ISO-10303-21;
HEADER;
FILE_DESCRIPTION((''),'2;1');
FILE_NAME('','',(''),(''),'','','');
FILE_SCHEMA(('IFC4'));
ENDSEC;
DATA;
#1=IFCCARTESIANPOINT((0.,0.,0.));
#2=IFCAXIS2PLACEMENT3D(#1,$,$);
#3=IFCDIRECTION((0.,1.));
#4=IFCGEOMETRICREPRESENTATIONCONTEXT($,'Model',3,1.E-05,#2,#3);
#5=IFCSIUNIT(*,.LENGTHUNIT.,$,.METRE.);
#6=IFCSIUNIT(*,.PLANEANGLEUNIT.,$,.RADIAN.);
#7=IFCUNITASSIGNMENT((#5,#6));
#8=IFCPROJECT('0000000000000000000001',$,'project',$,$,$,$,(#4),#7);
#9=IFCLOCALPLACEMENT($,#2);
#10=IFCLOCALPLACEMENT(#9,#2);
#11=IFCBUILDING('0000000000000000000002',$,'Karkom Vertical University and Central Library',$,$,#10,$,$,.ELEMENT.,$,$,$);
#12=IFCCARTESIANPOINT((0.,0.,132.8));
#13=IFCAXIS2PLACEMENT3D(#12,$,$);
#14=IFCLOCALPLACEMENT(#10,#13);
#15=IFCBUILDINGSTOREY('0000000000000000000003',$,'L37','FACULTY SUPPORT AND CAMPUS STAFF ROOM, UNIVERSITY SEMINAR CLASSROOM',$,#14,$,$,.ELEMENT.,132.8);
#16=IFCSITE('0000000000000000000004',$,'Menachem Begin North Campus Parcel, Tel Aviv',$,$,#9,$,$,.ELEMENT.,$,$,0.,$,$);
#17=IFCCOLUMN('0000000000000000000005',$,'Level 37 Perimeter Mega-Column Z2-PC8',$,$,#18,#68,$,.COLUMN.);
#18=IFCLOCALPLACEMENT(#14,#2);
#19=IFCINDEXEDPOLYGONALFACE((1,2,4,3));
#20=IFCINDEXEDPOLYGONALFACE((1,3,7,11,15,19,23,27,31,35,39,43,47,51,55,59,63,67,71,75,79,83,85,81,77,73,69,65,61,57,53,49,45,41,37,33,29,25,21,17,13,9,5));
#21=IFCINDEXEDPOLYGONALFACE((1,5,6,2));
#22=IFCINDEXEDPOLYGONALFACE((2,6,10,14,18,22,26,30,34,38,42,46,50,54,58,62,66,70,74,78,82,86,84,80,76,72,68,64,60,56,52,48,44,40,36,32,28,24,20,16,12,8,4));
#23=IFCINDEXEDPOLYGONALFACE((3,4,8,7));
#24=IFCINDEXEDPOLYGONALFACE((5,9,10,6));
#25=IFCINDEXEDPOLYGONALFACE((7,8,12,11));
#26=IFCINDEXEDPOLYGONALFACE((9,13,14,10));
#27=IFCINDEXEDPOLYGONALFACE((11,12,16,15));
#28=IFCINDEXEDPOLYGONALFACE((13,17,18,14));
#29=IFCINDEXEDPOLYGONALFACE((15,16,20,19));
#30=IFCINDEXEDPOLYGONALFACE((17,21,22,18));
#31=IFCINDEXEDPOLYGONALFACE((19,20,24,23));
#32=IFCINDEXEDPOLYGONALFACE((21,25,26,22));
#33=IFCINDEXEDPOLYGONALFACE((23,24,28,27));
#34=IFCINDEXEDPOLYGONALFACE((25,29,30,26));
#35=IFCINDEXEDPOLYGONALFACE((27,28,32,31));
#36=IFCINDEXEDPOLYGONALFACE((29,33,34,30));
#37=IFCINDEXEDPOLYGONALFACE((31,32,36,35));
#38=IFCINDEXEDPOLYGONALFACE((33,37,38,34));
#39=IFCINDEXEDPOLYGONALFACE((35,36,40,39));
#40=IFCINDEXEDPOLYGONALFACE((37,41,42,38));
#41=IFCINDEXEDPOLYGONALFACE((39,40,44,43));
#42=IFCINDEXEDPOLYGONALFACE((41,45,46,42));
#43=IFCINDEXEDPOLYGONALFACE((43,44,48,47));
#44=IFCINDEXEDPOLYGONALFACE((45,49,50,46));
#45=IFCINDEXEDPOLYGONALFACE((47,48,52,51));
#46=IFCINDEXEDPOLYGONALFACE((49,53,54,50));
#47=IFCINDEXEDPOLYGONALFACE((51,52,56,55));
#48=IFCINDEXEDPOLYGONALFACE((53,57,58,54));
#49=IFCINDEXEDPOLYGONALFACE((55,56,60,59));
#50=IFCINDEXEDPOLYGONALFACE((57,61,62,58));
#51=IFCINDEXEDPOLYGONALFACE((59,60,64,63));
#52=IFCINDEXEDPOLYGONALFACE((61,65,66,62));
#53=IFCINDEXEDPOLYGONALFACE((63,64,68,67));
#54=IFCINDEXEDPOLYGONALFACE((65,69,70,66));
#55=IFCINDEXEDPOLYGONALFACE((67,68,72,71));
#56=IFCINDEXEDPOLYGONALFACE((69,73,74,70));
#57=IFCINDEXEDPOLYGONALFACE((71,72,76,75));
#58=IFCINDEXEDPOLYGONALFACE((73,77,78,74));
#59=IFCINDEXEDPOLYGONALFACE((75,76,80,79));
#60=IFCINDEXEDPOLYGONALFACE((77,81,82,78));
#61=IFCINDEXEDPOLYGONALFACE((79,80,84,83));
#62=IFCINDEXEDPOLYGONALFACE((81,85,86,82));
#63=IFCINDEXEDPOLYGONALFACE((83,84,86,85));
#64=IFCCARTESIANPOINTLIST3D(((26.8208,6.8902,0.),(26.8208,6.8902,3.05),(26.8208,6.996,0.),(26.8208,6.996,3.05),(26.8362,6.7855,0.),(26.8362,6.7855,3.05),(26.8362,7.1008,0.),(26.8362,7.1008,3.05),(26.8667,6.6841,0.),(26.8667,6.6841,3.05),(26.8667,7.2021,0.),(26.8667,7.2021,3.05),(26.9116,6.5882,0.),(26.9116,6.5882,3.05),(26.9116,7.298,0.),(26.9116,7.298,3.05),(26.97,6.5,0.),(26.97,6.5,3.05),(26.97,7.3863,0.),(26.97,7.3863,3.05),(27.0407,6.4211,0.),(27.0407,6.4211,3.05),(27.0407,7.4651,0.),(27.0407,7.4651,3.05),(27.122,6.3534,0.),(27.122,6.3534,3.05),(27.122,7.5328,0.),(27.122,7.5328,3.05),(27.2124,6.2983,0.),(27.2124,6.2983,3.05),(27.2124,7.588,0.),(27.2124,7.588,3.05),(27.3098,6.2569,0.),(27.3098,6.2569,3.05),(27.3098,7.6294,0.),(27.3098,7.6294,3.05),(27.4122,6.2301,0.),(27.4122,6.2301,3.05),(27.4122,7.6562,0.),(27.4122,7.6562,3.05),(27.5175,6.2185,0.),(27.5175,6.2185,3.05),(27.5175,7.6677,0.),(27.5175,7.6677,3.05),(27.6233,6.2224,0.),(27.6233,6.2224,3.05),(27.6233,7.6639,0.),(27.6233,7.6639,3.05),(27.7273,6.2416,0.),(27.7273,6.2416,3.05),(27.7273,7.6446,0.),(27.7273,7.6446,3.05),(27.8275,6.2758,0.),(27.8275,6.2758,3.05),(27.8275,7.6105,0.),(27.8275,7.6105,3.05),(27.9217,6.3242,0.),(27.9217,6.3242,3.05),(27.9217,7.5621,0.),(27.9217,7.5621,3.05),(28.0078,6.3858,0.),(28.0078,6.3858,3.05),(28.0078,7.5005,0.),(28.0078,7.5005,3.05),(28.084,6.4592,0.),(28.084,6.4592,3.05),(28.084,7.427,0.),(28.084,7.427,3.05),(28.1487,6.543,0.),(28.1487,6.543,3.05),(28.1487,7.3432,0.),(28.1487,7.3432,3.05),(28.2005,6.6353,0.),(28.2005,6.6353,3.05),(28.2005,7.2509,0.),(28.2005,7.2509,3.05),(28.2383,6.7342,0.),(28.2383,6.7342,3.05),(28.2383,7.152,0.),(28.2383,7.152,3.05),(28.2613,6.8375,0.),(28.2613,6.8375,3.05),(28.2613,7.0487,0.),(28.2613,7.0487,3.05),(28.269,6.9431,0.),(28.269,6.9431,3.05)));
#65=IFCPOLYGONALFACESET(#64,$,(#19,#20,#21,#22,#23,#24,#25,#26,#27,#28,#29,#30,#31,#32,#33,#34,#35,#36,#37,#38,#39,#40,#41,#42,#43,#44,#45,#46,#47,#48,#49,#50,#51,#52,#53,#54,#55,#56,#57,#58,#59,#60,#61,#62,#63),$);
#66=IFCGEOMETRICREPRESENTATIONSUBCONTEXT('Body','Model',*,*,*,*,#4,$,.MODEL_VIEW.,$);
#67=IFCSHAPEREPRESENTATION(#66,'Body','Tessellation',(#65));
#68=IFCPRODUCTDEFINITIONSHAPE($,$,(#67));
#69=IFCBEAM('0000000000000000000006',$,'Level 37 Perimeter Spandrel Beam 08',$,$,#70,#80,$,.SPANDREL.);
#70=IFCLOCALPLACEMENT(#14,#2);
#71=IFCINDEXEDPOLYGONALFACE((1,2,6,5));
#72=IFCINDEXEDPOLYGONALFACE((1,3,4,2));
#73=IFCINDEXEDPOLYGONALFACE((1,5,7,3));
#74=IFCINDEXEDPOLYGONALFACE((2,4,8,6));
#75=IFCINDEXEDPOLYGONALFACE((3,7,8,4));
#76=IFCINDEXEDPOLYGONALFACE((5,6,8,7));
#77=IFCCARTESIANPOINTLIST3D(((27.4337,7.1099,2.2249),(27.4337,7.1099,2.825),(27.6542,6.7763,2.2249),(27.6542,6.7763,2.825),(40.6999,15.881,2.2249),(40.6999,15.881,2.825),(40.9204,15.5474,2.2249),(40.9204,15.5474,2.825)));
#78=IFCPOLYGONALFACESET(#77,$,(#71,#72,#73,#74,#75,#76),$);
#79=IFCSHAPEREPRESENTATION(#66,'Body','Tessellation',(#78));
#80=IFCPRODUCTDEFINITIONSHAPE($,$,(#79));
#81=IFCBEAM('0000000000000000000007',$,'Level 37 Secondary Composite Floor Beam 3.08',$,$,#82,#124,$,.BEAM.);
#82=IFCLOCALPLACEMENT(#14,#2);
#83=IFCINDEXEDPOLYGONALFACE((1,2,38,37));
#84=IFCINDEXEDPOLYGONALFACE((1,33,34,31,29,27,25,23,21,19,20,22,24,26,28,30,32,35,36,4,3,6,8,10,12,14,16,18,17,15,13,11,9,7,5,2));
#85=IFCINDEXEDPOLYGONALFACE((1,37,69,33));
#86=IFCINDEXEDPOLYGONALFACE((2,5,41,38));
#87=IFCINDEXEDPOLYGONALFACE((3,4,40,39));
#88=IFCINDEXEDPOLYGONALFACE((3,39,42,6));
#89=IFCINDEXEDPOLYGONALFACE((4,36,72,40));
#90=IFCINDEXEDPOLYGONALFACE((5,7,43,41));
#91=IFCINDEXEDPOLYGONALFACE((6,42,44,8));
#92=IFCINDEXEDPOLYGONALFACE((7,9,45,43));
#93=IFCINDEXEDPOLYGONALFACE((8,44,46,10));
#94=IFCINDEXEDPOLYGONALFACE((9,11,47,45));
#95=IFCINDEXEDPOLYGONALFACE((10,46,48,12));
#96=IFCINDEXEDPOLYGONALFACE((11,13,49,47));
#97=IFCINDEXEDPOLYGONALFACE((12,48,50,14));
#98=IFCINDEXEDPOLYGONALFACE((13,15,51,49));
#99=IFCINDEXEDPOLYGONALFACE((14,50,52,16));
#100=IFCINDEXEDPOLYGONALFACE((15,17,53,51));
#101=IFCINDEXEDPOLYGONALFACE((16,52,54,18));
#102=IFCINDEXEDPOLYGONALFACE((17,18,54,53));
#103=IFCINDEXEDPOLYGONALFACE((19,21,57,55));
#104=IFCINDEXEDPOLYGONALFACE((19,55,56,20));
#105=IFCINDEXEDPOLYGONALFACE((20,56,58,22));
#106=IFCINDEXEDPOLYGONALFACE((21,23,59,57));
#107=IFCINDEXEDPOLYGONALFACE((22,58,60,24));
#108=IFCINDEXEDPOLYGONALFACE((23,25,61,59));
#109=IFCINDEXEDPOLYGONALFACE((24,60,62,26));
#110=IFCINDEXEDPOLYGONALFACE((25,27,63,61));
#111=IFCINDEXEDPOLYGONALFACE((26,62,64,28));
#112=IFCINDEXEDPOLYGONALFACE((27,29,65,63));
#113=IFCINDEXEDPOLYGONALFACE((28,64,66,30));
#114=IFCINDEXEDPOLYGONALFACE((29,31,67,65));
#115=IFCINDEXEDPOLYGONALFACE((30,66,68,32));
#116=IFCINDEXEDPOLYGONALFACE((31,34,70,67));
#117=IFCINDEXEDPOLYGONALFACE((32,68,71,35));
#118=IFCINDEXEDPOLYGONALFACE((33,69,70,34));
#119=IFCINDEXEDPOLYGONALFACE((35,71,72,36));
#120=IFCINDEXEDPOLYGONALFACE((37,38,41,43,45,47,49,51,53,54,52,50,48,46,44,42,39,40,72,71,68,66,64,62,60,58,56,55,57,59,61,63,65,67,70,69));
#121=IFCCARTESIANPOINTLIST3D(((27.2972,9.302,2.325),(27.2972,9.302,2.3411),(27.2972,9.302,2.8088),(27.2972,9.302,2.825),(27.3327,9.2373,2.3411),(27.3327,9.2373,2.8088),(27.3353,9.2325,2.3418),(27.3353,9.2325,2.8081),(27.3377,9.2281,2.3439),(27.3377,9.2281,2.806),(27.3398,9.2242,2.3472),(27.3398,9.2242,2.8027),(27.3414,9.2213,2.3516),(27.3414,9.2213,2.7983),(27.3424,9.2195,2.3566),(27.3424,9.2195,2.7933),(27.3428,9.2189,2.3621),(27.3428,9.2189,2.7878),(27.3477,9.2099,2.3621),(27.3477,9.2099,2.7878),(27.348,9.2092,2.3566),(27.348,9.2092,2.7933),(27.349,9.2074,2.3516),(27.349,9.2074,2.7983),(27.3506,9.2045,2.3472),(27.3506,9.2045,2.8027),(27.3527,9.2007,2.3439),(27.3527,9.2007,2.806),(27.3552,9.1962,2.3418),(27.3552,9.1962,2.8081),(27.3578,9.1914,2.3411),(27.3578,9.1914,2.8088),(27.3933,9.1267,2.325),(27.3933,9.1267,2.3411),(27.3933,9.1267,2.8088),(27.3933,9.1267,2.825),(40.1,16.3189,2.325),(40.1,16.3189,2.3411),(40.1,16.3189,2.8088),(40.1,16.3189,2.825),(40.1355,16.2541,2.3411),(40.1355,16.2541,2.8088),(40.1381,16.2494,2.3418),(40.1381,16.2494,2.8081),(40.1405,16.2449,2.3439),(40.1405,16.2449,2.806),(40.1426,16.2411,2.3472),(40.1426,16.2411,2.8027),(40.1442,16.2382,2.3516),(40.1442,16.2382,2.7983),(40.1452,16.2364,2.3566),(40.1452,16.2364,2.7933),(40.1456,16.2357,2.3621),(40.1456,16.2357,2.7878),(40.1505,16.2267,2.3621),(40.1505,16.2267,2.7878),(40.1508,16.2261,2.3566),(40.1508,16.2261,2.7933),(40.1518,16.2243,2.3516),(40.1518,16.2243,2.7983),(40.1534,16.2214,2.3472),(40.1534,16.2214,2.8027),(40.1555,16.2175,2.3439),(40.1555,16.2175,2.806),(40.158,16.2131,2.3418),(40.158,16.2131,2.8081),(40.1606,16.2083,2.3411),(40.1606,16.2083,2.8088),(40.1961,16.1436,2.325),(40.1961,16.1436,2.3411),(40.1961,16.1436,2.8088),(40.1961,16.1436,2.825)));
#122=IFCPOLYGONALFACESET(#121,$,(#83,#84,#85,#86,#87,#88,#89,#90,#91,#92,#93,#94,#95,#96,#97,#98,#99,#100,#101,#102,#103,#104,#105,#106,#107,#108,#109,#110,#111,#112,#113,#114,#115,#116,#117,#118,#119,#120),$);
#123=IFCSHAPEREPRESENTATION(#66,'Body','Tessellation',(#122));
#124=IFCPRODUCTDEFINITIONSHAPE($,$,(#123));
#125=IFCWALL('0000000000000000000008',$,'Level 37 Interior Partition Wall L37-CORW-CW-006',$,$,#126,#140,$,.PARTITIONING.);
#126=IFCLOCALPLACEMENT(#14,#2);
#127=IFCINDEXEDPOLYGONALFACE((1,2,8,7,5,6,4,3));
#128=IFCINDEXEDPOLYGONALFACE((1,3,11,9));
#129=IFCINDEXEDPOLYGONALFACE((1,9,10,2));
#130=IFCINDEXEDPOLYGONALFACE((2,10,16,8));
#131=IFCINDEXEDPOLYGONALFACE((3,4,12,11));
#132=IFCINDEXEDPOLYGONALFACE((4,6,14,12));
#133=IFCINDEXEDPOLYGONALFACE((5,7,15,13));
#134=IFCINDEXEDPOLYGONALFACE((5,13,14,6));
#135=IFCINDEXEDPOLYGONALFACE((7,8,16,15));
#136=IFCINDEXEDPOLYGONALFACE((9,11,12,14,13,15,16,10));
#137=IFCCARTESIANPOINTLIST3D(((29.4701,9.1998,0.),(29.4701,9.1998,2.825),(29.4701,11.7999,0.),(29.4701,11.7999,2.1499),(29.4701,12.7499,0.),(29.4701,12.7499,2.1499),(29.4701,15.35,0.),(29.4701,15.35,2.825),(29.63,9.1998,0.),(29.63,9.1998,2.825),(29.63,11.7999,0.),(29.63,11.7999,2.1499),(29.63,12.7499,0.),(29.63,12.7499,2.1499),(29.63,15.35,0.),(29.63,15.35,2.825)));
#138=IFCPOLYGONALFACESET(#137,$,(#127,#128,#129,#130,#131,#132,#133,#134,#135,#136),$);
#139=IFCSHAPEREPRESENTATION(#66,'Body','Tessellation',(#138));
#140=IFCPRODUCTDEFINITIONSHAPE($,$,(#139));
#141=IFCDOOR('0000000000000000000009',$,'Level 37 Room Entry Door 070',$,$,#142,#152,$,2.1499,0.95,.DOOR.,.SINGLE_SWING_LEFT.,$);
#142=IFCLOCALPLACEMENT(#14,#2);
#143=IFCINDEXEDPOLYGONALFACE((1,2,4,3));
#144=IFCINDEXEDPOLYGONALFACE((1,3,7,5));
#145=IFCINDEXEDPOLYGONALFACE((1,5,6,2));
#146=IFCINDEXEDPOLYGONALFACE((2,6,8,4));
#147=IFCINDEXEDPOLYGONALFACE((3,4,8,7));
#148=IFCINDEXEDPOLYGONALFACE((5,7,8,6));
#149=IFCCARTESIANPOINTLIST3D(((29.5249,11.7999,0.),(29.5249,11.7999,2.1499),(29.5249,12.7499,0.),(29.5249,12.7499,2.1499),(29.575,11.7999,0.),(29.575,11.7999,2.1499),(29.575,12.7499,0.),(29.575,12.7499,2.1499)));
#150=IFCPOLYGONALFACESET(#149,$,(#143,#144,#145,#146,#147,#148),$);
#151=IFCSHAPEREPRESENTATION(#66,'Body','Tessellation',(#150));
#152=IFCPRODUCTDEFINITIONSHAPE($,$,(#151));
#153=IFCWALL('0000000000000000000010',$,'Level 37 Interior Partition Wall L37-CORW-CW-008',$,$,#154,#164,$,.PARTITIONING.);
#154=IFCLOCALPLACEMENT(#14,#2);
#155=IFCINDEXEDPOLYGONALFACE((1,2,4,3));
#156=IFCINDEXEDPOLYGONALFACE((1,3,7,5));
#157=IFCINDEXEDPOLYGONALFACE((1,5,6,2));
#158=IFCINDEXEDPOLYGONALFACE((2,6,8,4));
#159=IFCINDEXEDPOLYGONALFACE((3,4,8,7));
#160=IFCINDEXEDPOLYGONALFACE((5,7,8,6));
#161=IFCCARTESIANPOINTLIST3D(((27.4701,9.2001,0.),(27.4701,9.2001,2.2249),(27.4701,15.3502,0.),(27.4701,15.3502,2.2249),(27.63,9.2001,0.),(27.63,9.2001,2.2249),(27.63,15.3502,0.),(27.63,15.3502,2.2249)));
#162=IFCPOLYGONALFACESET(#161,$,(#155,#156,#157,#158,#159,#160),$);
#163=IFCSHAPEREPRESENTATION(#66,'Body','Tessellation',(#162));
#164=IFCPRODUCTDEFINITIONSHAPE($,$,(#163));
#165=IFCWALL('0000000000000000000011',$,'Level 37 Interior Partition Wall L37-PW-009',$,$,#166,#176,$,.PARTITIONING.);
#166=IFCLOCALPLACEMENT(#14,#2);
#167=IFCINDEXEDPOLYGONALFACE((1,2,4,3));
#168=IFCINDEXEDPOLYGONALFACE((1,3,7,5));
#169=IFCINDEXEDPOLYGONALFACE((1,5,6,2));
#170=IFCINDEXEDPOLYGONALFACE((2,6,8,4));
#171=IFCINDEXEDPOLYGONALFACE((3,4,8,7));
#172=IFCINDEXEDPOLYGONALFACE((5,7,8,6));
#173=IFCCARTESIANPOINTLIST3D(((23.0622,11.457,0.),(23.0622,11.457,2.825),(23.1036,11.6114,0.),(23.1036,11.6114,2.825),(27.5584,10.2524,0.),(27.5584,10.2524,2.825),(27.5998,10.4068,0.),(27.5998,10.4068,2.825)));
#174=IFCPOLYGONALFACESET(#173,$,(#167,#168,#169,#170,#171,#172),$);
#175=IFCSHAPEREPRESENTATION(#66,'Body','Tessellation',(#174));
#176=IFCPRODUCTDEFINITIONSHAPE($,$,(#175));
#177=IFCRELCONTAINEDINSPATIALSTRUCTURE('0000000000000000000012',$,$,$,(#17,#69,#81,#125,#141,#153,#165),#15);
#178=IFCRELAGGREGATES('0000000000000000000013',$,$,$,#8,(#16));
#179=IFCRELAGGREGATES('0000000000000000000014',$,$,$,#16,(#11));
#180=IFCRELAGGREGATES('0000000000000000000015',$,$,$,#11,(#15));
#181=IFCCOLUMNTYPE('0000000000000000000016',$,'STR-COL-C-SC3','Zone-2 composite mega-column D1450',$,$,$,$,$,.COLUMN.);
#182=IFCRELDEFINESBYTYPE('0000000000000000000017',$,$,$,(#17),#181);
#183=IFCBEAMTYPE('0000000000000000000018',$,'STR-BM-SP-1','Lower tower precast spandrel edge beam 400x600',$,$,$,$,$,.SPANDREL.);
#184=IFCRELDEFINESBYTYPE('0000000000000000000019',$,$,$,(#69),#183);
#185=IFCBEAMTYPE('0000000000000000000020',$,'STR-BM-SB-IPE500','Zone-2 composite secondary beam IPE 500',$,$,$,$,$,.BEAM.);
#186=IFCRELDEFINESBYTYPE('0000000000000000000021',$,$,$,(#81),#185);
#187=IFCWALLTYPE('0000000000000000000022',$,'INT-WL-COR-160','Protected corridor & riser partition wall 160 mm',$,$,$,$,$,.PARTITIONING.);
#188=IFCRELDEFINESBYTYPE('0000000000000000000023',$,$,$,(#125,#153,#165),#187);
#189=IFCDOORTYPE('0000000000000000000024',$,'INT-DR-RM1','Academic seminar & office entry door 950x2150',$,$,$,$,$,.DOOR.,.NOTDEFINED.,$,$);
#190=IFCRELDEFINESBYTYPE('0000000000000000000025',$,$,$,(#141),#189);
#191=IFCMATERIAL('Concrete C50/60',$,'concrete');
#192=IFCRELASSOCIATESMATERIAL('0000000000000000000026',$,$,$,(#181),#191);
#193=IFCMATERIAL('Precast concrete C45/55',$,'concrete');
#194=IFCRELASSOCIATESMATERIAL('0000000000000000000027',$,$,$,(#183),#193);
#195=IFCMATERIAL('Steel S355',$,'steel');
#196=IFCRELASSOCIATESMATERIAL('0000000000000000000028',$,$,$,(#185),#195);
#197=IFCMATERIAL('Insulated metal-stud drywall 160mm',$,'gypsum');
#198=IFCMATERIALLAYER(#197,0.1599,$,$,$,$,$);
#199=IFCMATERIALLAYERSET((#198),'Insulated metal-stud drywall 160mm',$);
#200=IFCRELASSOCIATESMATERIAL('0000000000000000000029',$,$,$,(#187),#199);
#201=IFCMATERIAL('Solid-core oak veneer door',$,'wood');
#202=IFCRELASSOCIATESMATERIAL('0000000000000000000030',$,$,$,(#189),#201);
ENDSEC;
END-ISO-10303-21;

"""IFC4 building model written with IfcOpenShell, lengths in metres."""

from ifc_helpers import new_model, si_unit, direction, frame, frame_2d, origin, origin_with_axes, origin_2d, place, context, subcontext, project, spatial, rectangle, circle, i_section, extrude, source, transform, mapped, material, layer, layer_set, material_profile, profile_set, type_object, element, fill, save


model = new_model("IFC4")

# Units and contexts
model_context = context("Model", 3, precision=1e-05, world=origin(), true_north=direction((0.0, 1.0)))
body_context = subcontext(model_context, "Body", "Model", "MODEL_VIEW")
ifc_project = project(units=[si_unit("LENGTHUNIT", "METRE"), si_unit("PLANEANGLEUNIT", "RADIAN")], contexts=[model_context])

# Site, building, storey
site_placement = place(None, origin())
site = spatial("IfcSite", under=ifc_project, at=site_placement, Name="Menachem Begin North Campus Parcel, Tel Aviv", CompositionType="ELEMENT", RefElevation=0.0)
building_placement = place(site_placement, origin())
building = spatial("IfcBuilding", under=site, at=building_placement, Name="Karkom Vertical University and Central Library", CompositionType="ELEMENT")
storey_placement = place(building_placement, frame((0.0, 0.0, 132.8)))
storey = spatial("IfcBuildingStorey", under=building, at=storey_placement, Name="L37", Description="FACULTY SUPPORT AND CAMPUS STAFF ROOM, UNIVERSITY SEMINAR CLASSROOM", CompositionType="ELEMENT", Elevation=132.8)

# Column
ifc_material_1 = material(Name="Concrete C50/60", Category="concrete")
ifc_material_profile_1 = material_profile(ifc_material_1, circle(Radius=0.7251, at=origin_2d()), Name="CFT-D1450")
ifc_profile_set_1 = profile_set([ifc_material_profile_1], Name="Concrete C50/60")
column_type = type_object("IfcColumnType", Name="STR-COL-C-SC3", Description="Zone-2 composite mega-column D1450", PredefinedType="COLUMN", material=ifc_profile_set_1)
shared_shape_1 = source(origin_with_axes(), body_context, "Body", "SweptSolid", [
    extrude(circle(Radius=0.7251, at=origin_2d()), origin(), (0.0, 0.0, 1.0), 3.05),
])
column_placement = place(storey_placement, frame((27.5439, 6.9431, 0.0), z_axis=(0.0, 0.0, 1.0), x_axis=(1.0, 0.0, 0.0)))
element("IfcColumn", 1, at=column_placement, inside=storey, type_object=column_type, Name="Level 37 Perimeter Mega-Column Z2-PC8", PredefinedType="COLUMN", context=body_context, shape_type="MappedRepresentation", body=[
    mapped(shared_shape_1, transform((0.0, 0.0, 0.0), scale=1.0)),
])

# Beams
ifc_material_2 = material(Name="Precast concrete C45/55", Category="concrete")
ifc_material_profile_2 = material_profile(ifc_material_2, rectangle(XDim=0.3999, YDim=0.6001, at=origin_2d()), Name="SPB-400x600")
ifc_profile_set_2 = profile_set([ifc_material_profile_2], Name="Precast concrete C45/55")
beam_type_1 = type_object("IfcBeamType", Name="STR-BM-SP-1", Description="Lower tower precast spandrel edge beam 400x600", PredefinedType="SPANDREL", material=ifc_profile_set_2)
shared_shape_2 = source(origin_with_axes(), body_context, "Body", "SweptSolid", [
    extrude(rectangle(XDim=0.3999, YDim=0.6001, at=origin_2d()), origin(), (0.0, 0.0, 1.0), 15.9036),
])
beam_1_placement = place(storey_placement, frame((27.5439, 6.9431, 2.5249), z_axis=(0.834165, 0.551515, 0.0), x_axis=(-0.551515, 0.834165, 0.0)))
element("IfcBeam", 2, at=beam_1_placement, inside=storey, type_object=beam_type_1, Name="Level 37 Perimeter Spandrel Beam 08", PredefinedType="SPANDREL", context=body_context, shape_type="MappedRepresentation", body=[
    mapped(shared_shape_2, transform((0.0, 0.0, 0.0), scale=1.0)),
])
ifc_material_3 = material(Name="Steel S355", Category="steel")
ifc_material_profile_3 = material_profile(ifc_material_3, i_section(OverallWidth=0.2, OverallDepth=0.5, WebThickness=0.0103, FlangeThickness=0.0161, FilletRadius=0.021, at=origin_2d()), Name="IPE 500")
ifc_profile_set_3 = profile_set([ifc_material_profile_3], Name="Steel S355")
beam_type_2 = type_object("IfcBeamType", Name="STR-BM-SB-IPE500", Description="Zone-2 composite secondary beam IPE 500", PredefinedType="BEAM", material=ifc_profile_set_3)
shared_shape_3 = source(origin_with_axes(), body_context, "Body", "SweptSolid", [
    extrude(i_section(OverallWidth=0.2, OverallDepth=0.5, WebThickness=0.0103, FlangeThickness=0.0161, FilletRadius=0.021, at=origin_2d()), origin(), (0.0, 0.0, 1.0), 14.5996),
])
beam_2_placement = place(storey_placement, frame((27.3452, 9.2144, 2.575), z_axis=(0.876928, 0.480622, 0.0), x_axis=(-0.480622, 0.876928, 0.0)))
element("IfcBeam", 3, at=beam_2_placement, inside=storey, type_object=beam_type_2, Name="Level 37 Secondary Composite Floor Beam 3.08", PredefinedType="BEAM", context=body_context, shape_type="MappedRepresentation", body=[
    mapped(shared_shape_3, transform((0.0, 0.0, 0.0), scale=1.0)),
])

# Shared definitions
ifc_material_4 = material(Name="Insulated metal-stud drywall 160mm", Category="gypsum")
ifc_layer = layer(ifc_material_4, 0.1599)
ifc_layer_set = layer_set([ifc_layer], Name="Insulated metal-stud drywall 160mm")
wall_type = type_object("IfcWallType", Name="INT-WL-COR-160", Description="Protected corridor & riser partition wall 160 mm", PredefinedType="PARTITIONING", material=ifc_layer_set)
ifc_material_5 = material(Name="Solid-core oak veneer door", Category="wood")
door_type = type_object("IfcDoorType", Name="INT-DR-RM1", Description="Academic seminar & office entry door 950x2150", OperationType="NOTDEFINED", PredefinedType="DOOR", material=ifc_material_5)
shared_shape_4 = source(origin_with_axes(), body_context, "Body", "SweptSolid", [
    extrude(rectangle(XDim=0.95, YDim=2.1499, at=frame_2d((0.4751, 1.075))), frame((0.0, 0.0249, 0.0), z_axis=(0.0, -1.0, 0.0), x_axis=(1.0, 0.0, 0.0)), (0.0, 0.0, 1.0), 0.05),
])

# Wall, opening, door
wall_1_placement = place(storey_placement, frame((29.55, 15.3501, 0.0), z_axis=(0.0, 0.0, 1.0), x_axis=(0.0, -1.0, 0.0)))
wall_1 = element("IfcWall", 4, at=wall_1_placement, inside=storey, type_object=wall_type, Name="Level 37 Interior Partition Wall L37-CORW-CW-006", PredefinedType="PARTITIONING", context=body_context, shape_type="SweptSolid", body=[
    extrude(rectangle(XDim=6.1501, YDim=0.1599, at=frame_2d((3.0752, 0.0))), origin(), (0.0, 0.0, 1.0), 2.825),
])
opening_1_placement = place(wall_1_placement, frame((2.6001, 0.0, 0.0)))
opening_1 = element("IfcOpeningElement", 5, at=opening_1_placement, cuts=wall_1, PredefinedType="OPENING", context=body_context, shape_type="SweptSolid", body=[
    extrude(rectangle(XDim=0.95, YDim=2.1499, at=frame_2d((0.4751, 1.075))), frame((0.0, 0.0898, 0.0), z_axis=(0.0, -1.0, 0.0), x_axis=(1.0, 0.0, 0.0)), (0.0, 0.0, 1.0), 0.1799),
])
door_1_placement = place(opening_1_placement, origin())
door_1 = element("IfcDoor", 6, at=door_1_placement, inside=storey, type_object=door_type, Name="Level 37 Room Entry Door 070", OperationType="SINGLE_SWING_LEFT", OverallHeight=2.1499, OverallWidth=0.95, PredefinedType="DOOR", context=body_context, shape_type="MappedRepresentation", body=[
    mapped(shared_shape_4, transform((0.0, 0.0, 0.0), scale=1.0)),
])
fill(opening_1, door_1)

# Walls
wall_2_placement = place(storey_placement, frame((27.55, 9.2, 0.0), z_axis=(0.0, 0.0, 1.0), x_axis=(0.0, 1.0, 0.0)))
element("IfcWall", 7, at=wall_2_placement, inside=storey, type_object=wall_type, Name="Level 37 Interior Partition Wall L37-CORW-CW-008", PredefinedType="PARTITIONING", context=body_context, shape_type="SweptSolid", body=[
    extrude(rectangle(XDim=6.1501, YDim=0.1599, at=frame_2d((3.0752, 0.0))), origin(), (0.0, 0.0, 1.0), 2.2249),
])
wall_3_placement = place(storey_placement, frame((27.5791, 10.3296, 0.0), z_axis=(0.0, 0.0, 1.0), x_axis=(-0.965933, 0.258792, 0.0)))
element("IfcWall", 8, at=wall_3_placement, inside=storey, type_object=wall_type, Name="Level 37 Interior Partition Wall L37-PW-009", PredefinedType="PARTITIONING", context=body_context, shape_type="SweptSolid", body=[
    extrude(rectangle(XDim=4.6548, YDim=0.1599, at=frame_2d((2.3274, 0.0))), origin(), (0.0, 0.0, 1.0), 2.825),
])

save(model, "model.ifc")
